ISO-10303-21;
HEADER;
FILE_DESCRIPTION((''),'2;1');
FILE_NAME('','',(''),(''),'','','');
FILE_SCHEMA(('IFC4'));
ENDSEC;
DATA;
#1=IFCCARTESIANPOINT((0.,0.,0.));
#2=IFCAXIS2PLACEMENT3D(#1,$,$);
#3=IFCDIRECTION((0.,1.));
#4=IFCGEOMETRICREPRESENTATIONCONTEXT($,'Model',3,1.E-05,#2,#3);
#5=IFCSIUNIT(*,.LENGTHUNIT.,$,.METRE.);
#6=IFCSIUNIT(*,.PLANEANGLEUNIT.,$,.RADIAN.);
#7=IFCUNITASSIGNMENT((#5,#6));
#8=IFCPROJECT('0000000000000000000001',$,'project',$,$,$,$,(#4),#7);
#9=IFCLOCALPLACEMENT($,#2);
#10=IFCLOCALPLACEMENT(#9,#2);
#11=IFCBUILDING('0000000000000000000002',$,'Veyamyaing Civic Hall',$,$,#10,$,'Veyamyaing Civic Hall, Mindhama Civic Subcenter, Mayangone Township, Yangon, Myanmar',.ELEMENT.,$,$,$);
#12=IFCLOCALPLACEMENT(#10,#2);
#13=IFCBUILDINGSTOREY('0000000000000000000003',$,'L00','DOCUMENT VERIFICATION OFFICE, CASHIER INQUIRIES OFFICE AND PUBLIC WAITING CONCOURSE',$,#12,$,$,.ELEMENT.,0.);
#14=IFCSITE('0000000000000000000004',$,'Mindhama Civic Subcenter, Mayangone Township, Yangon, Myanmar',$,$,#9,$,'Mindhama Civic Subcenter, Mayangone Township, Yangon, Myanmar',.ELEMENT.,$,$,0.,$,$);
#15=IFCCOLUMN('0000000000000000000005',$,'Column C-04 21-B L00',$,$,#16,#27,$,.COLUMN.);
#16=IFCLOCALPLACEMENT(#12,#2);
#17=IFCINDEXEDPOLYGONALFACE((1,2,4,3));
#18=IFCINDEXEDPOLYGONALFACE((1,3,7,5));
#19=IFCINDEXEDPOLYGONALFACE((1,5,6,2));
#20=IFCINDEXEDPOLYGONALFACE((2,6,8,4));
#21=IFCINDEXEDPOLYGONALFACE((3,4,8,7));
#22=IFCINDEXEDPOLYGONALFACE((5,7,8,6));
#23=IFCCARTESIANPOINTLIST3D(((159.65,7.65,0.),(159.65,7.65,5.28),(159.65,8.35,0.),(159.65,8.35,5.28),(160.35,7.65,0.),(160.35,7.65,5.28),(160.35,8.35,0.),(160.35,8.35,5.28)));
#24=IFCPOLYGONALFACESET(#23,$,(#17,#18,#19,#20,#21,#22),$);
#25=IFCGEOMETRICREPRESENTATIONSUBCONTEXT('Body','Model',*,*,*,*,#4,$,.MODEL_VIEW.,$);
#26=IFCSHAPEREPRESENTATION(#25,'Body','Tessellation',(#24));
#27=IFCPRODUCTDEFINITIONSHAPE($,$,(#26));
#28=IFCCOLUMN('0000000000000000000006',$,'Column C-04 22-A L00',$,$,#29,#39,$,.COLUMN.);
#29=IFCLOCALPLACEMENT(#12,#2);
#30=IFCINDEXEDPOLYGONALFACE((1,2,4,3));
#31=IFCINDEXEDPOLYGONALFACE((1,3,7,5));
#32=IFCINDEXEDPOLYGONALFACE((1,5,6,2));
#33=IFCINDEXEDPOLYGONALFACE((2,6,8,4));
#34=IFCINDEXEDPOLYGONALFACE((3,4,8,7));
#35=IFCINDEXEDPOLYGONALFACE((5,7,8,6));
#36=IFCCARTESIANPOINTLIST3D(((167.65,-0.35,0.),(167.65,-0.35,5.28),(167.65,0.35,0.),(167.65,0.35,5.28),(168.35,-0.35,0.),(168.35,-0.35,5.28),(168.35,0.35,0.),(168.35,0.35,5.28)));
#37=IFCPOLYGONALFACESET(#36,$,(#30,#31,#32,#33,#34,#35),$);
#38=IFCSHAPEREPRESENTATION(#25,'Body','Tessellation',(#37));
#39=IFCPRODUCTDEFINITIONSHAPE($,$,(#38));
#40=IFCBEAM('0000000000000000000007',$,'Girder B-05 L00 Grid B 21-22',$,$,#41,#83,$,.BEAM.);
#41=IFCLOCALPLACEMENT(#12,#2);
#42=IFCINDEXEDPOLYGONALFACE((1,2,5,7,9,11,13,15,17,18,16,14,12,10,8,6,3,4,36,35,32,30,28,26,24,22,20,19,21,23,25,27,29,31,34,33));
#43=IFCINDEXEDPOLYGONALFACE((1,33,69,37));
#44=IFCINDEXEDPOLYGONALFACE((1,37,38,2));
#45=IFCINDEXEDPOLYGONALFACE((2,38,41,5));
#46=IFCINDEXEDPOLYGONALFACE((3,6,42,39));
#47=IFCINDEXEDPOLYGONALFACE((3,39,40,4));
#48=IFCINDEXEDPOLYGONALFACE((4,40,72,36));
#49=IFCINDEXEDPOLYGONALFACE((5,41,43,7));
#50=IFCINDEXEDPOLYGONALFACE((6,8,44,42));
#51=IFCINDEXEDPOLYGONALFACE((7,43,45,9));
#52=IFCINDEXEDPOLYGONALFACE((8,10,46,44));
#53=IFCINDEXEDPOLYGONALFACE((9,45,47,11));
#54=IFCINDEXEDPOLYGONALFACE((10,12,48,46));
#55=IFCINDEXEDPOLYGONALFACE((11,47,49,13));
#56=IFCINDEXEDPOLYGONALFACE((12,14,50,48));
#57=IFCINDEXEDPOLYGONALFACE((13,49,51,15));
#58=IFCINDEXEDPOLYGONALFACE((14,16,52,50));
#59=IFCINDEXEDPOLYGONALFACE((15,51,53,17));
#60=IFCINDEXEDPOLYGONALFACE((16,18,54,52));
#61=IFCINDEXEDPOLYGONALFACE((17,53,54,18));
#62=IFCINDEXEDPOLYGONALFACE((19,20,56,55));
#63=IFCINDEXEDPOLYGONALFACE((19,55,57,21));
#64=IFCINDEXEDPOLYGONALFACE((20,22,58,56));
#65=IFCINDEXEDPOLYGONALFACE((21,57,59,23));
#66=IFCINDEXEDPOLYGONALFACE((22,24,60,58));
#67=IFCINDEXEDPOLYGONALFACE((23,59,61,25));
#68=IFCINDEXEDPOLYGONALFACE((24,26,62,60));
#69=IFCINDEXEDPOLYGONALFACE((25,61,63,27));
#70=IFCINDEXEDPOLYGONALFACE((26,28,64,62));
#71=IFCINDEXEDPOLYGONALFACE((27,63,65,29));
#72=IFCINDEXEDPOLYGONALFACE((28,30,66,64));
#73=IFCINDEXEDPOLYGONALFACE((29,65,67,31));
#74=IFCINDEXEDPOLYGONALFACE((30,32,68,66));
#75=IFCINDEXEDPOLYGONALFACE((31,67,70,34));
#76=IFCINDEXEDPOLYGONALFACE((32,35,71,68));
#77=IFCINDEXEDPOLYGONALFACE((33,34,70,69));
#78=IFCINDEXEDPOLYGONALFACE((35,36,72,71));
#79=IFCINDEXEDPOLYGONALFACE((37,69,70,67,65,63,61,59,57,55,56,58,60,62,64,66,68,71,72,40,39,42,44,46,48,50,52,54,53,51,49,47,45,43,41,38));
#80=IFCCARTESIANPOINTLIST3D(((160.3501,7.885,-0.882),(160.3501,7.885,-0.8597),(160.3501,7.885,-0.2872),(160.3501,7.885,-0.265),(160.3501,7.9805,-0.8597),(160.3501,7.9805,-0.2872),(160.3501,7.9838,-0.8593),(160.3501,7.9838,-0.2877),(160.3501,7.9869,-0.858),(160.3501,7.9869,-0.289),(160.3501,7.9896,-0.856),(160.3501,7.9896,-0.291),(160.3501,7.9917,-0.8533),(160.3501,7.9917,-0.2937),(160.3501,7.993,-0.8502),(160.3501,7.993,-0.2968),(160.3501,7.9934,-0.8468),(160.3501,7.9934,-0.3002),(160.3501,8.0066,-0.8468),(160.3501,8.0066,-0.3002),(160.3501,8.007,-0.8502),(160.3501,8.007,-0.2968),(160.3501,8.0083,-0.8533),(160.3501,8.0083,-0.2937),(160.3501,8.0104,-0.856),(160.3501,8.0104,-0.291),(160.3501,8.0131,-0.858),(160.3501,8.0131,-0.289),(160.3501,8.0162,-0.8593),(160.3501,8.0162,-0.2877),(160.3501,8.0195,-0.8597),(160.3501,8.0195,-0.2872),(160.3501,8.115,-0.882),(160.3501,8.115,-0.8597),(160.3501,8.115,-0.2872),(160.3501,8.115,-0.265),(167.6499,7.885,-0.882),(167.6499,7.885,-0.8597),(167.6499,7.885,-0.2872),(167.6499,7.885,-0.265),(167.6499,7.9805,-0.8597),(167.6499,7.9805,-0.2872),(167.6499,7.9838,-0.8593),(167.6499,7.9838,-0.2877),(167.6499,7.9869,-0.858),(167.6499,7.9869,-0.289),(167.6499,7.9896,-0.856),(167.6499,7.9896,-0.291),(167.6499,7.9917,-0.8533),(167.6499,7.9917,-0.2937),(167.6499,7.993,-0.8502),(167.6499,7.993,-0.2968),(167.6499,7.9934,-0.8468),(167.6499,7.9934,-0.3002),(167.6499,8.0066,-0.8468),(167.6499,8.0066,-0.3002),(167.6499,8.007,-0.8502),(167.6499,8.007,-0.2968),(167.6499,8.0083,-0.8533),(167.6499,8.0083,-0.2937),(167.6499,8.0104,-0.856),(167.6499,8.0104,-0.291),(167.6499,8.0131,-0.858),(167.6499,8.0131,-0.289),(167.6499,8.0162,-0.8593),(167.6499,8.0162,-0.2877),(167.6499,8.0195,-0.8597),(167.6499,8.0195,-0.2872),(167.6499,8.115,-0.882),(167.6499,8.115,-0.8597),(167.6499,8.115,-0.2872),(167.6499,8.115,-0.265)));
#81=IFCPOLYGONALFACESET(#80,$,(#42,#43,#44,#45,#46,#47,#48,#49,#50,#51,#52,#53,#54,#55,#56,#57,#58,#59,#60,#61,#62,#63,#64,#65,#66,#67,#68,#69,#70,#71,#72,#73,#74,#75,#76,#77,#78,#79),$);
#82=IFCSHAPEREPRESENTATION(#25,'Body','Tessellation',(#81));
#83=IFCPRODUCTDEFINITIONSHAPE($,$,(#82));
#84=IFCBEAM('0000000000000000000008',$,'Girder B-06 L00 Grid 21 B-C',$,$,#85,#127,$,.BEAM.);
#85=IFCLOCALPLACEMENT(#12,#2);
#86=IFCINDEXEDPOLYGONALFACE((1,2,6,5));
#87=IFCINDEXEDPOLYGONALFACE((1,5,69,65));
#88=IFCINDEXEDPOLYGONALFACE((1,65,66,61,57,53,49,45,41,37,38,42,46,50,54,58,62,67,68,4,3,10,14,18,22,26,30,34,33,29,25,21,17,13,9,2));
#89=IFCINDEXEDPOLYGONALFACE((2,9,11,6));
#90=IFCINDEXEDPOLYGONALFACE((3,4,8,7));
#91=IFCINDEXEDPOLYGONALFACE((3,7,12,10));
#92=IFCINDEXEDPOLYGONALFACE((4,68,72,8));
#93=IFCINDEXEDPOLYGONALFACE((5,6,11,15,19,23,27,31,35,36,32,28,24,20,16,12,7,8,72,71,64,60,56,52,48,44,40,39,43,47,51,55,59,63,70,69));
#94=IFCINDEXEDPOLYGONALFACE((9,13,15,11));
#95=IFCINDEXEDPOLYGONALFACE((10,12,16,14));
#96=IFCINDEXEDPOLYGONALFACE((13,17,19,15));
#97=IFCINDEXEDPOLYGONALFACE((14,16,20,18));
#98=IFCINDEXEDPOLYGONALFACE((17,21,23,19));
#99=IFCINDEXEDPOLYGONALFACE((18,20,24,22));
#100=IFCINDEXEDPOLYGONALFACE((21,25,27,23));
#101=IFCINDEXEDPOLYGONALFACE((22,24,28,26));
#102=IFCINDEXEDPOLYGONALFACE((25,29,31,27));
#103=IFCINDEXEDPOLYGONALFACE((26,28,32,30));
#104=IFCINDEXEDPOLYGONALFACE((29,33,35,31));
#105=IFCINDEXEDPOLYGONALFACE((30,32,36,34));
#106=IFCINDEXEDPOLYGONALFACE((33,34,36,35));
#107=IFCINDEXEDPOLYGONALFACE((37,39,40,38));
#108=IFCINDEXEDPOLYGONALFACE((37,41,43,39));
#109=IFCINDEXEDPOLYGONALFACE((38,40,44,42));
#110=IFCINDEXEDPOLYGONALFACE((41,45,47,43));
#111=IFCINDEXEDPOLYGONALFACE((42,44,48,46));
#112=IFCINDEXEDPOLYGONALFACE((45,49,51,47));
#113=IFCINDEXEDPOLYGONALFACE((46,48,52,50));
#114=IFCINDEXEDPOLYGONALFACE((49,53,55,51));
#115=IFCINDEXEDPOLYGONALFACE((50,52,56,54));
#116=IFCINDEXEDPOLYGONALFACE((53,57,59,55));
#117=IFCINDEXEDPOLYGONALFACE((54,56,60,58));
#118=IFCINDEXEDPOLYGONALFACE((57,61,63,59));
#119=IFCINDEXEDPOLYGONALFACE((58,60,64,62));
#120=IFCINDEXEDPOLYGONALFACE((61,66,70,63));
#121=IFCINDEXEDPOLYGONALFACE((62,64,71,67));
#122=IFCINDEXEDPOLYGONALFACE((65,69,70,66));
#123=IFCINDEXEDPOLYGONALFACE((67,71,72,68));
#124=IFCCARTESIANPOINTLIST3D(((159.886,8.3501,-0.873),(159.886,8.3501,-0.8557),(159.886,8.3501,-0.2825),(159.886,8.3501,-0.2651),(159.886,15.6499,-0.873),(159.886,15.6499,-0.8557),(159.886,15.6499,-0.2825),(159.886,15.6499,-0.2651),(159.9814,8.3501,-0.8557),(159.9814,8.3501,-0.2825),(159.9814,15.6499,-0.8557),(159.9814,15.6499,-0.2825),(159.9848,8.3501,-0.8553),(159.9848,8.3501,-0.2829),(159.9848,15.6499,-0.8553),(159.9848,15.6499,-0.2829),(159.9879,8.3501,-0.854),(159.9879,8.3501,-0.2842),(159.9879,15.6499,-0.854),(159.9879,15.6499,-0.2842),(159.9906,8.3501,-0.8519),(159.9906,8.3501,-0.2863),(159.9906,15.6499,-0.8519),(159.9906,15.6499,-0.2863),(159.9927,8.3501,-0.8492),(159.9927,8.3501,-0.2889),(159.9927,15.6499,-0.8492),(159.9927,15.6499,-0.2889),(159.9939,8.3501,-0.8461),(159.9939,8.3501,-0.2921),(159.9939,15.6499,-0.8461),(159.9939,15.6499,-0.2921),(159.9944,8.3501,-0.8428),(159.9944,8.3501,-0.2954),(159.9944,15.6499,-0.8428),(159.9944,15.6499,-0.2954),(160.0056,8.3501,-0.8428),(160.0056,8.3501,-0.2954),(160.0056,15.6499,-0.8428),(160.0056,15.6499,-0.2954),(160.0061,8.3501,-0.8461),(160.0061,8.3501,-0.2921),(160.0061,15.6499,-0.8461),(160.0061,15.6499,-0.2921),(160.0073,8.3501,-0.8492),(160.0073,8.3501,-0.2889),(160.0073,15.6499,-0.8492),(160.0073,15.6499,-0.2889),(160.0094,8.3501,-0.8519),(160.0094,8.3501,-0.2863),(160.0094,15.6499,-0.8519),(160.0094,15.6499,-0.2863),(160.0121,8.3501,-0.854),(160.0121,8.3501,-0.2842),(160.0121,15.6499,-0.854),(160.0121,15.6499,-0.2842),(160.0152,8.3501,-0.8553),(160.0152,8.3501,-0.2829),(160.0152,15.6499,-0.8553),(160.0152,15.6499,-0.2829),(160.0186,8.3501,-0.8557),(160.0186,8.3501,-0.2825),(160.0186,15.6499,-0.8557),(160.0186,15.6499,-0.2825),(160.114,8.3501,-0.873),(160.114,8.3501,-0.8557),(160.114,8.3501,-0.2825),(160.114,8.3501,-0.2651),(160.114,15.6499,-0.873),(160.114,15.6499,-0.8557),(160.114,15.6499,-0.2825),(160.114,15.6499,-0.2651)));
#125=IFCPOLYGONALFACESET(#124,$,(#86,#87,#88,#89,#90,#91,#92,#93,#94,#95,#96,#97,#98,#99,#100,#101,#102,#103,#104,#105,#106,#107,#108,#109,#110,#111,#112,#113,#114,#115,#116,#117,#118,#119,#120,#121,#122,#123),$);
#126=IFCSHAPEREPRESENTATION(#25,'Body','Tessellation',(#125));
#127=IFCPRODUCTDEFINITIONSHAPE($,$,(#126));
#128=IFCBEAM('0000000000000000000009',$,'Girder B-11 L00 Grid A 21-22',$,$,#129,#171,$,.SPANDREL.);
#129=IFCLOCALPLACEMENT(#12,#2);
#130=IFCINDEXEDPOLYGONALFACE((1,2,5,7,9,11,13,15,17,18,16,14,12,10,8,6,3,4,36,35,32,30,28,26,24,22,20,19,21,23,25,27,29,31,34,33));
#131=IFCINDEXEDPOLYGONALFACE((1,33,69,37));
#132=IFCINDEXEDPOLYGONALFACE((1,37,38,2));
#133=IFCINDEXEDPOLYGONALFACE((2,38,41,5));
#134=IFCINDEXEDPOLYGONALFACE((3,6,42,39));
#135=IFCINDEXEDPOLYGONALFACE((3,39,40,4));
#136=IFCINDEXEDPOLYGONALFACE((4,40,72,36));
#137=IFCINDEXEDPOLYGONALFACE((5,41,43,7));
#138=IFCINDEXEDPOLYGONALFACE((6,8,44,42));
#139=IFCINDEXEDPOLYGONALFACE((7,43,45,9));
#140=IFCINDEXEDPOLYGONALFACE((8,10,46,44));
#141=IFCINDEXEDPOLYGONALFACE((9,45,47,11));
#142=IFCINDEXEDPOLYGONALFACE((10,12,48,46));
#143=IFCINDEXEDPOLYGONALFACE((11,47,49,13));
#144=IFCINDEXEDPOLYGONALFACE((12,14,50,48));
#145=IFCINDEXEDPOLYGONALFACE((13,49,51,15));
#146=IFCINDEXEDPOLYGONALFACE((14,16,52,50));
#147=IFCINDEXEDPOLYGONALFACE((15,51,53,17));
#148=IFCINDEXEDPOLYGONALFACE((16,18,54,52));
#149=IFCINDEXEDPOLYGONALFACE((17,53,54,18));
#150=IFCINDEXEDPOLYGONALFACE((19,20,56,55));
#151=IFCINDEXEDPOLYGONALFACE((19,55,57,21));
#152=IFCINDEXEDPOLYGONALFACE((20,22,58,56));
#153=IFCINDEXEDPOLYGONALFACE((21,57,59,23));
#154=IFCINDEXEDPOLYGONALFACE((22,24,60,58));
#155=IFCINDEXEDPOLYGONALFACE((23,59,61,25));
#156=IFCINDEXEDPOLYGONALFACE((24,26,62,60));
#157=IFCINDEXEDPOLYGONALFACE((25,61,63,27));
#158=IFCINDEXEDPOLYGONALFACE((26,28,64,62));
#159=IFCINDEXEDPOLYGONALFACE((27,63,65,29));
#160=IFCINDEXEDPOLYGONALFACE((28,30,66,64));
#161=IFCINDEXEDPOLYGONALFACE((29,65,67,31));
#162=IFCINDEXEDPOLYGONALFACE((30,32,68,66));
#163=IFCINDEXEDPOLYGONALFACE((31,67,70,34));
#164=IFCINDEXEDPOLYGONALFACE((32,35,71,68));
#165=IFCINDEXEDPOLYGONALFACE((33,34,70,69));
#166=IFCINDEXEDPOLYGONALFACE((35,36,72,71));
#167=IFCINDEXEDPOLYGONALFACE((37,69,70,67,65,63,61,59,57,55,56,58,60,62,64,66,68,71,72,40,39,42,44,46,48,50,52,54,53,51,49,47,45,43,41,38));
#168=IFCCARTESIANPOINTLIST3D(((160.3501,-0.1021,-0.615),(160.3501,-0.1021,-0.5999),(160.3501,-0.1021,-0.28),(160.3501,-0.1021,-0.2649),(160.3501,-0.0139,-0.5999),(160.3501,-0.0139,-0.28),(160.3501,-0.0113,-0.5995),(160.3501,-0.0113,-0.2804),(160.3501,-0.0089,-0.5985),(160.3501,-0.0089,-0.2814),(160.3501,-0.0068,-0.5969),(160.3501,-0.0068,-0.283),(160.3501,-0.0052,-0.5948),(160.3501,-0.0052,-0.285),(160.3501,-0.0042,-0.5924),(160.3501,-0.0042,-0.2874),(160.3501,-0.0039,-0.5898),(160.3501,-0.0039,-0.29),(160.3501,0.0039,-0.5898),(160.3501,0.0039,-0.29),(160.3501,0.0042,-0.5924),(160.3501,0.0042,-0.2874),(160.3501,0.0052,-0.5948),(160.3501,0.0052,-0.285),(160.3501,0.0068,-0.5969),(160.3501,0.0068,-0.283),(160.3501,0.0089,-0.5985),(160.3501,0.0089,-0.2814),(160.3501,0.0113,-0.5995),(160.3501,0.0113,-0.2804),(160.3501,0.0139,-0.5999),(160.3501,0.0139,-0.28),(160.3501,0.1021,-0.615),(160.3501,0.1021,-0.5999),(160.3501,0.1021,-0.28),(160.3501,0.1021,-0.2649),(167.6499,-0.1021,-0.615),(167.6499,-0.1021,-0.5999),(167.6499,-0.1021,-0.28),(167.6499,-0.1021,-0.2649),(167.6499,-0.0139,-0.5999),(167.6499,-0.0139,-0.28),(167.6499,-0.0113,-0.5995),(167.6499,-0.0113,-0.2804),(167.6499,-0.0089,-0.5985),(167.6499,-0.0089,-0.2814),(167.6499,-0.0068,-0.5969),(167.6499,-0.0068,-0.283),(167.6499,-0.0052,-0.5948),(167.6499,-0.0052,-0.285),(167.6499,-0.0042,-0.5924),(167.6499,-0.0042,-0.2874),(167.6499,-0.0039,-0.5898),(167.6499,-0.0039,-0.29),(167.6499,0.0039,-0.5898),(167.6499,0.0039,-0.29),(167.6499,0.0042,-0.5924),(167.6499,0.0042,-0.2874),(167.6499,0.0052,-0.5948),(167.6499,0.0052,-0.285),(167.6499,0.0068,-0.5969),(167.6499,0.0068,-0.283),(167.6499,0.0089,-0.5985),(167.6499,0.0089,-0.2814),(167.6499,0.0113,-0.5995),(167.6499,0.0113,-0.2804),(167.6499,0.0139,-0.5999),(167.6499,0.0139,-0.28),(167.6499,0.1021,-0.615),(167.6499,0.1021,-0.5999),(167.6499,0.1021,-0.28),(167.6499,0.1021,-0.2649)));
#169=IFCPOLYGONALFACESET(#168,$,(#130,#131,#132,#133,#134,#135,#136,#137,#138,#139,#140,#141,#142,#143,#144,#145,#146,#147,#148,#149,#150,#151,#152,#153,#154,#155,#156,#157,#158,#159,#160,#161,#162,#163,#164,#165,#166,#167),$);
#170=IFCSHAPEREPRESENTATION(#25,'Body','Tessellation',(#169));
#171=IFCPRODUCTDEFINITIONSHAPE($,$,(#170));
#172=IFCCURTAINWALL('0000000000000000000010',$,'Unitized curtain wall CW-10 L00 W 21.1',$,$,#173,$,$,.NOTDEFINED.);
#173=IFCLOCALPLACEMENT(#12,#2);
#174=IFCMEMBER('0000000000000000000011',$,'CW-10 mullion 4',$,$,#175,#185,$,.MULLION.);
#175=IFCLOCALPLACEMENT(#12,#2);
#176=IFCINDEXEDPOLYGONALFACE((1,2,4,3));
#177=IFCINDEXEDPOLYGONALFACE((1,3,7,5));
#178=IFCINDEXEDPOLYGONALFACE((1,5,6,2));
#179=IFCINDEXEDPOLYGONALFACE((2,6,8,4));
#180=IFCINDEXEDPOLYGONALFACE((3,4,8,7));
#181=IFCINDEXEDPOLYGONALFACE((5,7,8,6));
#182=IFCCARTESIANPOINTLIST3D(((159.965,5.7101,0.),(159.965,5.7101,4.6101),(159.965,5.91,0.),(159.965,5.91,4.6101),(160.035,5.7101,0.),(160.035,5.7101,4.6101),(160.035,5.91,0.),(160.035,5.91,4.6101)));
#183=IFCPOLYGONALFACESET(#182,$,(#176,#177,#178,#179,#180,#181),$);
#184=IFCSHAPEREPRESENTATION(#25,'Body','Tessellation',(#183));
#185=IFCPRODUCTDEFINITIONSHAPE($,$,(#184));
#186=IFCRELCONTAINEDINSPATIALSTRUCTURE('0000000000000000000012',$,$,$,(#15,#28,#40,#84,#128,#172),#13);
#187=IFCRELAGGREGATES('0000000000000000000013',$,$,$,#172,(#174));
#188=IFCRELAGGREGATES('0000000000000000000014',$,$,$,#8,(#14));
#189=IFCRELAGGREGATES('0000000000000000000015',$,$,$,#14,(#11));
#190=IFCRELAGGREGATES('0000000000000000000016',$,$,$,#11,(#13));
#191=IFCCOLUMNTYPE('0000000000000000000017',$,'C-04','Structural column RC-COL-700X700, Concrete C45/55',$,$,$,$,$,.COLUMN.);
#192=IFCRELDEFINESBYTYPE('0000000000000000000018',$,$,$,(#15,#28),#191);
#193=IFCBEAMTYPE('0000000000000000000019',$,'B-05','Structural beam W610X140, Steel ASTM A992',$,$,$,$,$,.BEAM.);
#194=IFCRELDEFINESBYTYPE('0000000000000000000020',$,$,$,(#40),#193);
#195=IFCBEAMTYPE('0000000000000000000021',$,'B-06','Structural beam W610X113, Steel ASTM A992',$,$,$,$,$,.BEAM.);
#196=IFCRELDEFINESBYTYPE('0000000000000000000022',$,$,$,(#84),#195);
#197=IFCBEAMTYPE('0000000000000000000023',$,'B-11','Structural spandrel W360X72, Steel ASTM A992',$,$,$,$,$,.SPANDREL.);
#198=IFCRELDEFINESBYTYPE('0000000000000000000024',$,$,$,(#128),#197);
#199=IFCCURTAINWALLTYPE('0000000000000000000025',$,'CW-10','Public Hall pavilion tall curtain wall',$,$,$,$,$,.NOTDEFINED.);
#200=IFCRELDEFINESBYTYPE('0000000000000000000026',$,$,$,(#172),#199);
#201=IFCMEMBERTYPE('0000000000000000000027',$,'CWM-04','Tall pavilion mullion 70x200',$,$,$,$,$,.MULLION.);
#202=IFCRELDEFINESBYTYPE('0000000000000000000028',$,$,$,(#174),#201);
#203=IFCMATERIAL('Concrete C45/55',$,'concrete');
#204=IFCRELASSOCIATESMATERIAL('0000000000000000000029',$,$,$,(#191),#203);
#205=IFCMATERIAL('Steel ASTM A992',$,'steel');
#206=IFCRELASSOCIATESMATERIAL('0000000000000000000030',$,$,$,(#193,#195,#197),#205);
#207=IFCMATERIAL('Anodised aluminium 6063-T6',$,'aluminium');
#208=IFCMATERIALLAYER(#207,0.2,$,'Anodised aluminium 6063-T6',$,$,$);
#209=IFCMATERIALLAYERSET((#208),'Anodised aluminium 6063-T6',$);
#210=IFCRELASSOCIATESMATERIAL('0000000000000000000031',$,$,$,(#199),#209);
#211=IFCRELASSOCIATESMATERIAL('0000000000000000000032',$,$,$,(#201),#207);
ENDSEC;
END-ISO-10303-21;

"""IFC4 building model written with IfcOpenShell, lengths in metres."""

from ifc_helpers import new_model, si_unit, direction, frame, origin, origin_2d, place, context, subcontext, project, spatial, rectangle, i_section, extrude, material, layer, layer_set, material_profile, profile_set, type_object, element, aggregate, save


model = new_model("IFC4")

# Units and contexts
model_context = context("Model", 3, precision=1e-05, world=origin(), true_north=direction((0.0, 1.0)))
body_context = subcontext(model_context, "Body", "Model", "MODEL_VIEW")
ifc_project = project(units=[si_unit("LENGTHUNIT", "METRE"), si_unit("PLANEANGLEUNIT", "RADIAN")], contexts=[model_context])

# Site, building, storey
site_placement = place(None, origin())
site = spatial("IfcSite", under=ifc_project, at=site_placement, Name="Mindhama Civic Subcenter, Mayangone Township, Yangon, Myanmar", LongName="Mindhama Civic Subcenter, Mayangone Township, Yangon, Myanmar", CompositionType="ELEMENT", RefElevation=0.0)
building_placement = place(site_placement, origin())
building = spatial("IfcBuilding", under=site, at=building_placement, Name="Veyamyaing Civic Hall", LongName="Veyamyaing Civic Hall, Mindhama Civic Subcenter, Mayangone Township, Yangon, Myanmar", CompositionType="ELEMENT")
storey_placement = place(building_placement, origin())
storey = spatial("IfcBuildingStorey", under=building, at=storey_placement, Name="L00", Description="DOCUMENT VERIFICATION OFFICE, CASHIER INQUIRIES OFFICE AND PUBLIC WAITING CONCOURSE", CompositionType="ELEMENT", Elevation=0.0)

# Columns
ifc_material_1 = material(Name="Concrete C45/55", Category="concrete")
ifc_material_profile_1 = material_profile(ifc_material_1, rectangle(XDim=0.7, YDim=0.7, at=origin_2d()), Name="RC-COL-700X700")
ifc_profile_set_1 = profile_set([ifc_material_profile_1], Name="Concrete C45/55")
column_type = type_object("IfcColumnType", Name="C-04", Description="Structural column RC-COL-700X700, Concrete C45/55", PredefinedType="COLUMN", material=ifc_profile_set_1)
for number, where, z_axis, x_axis, name in (
    (1, (160.0, 8.0, 0.0), (0.0, 0.0, 1.0), (1.0, 0.0, 0.0), "Column C-04 21-B L00"),
    (2, (168.0, 0.0, 0.0), (0.0, 0.0, 1.0), (1.0, 0.0, 0.0), "Column C-04 22-A L00"),
):
    element("IfcColumn", number, at=place(storey_placement, frame(where, z_axis=z_axis, x_axis=x_axis)), inside=storey, type_object=column_type, Name=name, PredefinedType="COLUMN", context=body_context, shape_type="SweptSolid", body=[
        extrude(rectangle(XDim=0.7, YDim=0.7, at=origin_2d()), origin(), (0.0, 0.0, 1.0), 5.28),
    ])

# Beams
ifc_material_2 = material(Name="Steel ASTM A992", Category="steel")
ifc_material_profile_2 = material_profile(ifc_material_2, i_section(OverallWidth=0.23, OverallDepth=0.6169, WebThickness=0.0132, FlangeThickness=0.0222, FilletRadius=0.0129, at=origin_2d()), Name="W610X140")
ifc_profile_set_2 = profile_set([ifc_material_profile_2], Name="Steel ASTM A992")
beam_type_1 = type_object("IfcBeamType", Name="B-05", Description="Structural beam W610X140, Steel ASTM A992", PredefinedType="BEAM", material=ifc_profile_set_2)
beam_1_placement = place(storey_placement, frame((160.3501, 8.0, -0.5735), z_axis=(1.0, 0.0, 0.0), x_axis=(0.0, 1.0, 0.0)))
element("IfcBeam", 3, at=beam_1_placement, inside=storey, type_object=beam_type_1, Name="Girder B-05 L00 Grid B 21-22", PredefinedType="BEAM", context=body_context, shape_type="SweptSolid", body=[
    extrude(i_section(OverallWidth=0.23, OverallDepth=0.6169, WebThickness=0.0132, FlangeThickness=0.0222, FilletRadius=0.0129, at=origin_2d()), origin(), (0.0, 0.0, 1.0), 7.2998),
])
ifc_material_profile_3 = material_profile(ifc_material_2, i_section(OverallWidth=0.228, OverallDepth=0.6079, WebThickness=0.0112, FlangeThickness=0.0173, FilletRadius=0.0129, at=origin_2d()), Name="W610X113")
ifc_profile_set_3 = profile_set([ifc_material_profile_3], Name="Steel ASTM A992")
beam_type_2 = type_object("IfcBeamType", Name="B-06", Description="Structural beam W610X113, Steel ASTM A992", PredefinedType="BEAM", material=ifc_profile_set_3)
beam_2_placement = place(storey_placement, frame((160.0, 8.3501, -0.5691), z_axis=(0.0, 1.0, 0.0), x_axis=(-1.0, 0.0, 0.0)))
element("IfcBeam", 4, at=beam_2_placement, inside=storey, type_object=beam_type_2, Name="Girder B-06 L00 Grid 21 B-C", PredefinedType="BEAM", context=body_context, shape_type="SweptSolid", body=[
    extrude(i_section(OverallWidth=0.228, OverallDepth=0.6079, WebThickness=0.0112, FlangeThickness=0.0173, FilletRadius=0.0129, at=origin_2d()), origin(), (0.0, 0.0, 1.0), 7.2998),
])
ifc_material_profile_4 = material_profile(ifc_material_2, i_section(OverallWidth=0.2041, OverallDepth=0.3501, WebThickness=0.0078, FlangeThickness=0.0151, FilletRadius=0.01, at=origin_2d()), Name="W360X72")
ifc_profile_set_4 = profile_set([ifc_material_profile_4], Name="Steel ASTM A992")
beam_type_3 = type_object("IfcBeamType", Name="B-11", Description="Structural spandrel W360X72, Steel ASTM A992", PredefinedType="SPANDREL", material=ifc_profile_set_4)
beam_3_placement = place(storey_placement, frame((160.3501, 0.0, -0.4399), z_axis=(1.0, 0.0, 0.0), x_axis=(0.0, 1.0, 0.0)))
element("IfcBeam", 5, at=beam_3_placement, inside=storey, type_object=beam_type_3, Name="Girder B-11 L00 Grid A 21-22", PredefinedType="SPANDREL", context=body_context, shape_type="SweptSolid", body=[
    extrude(i_section(OverallWidth=0.2041, OverallDepth=0.3501, WebThickness=0.0078, FlangeThickness=0.0151, FilletRadius=0.01, at=origin_2d()), origin(), (0.0, 0.0, 1.0), 7.2998),
])

# Curtain wall, member
ifc_material_3 = material(Name="Anodised aluminium 6063-T6", Category="aluminium")
ifc_layer_1 = layer(ifc_material_3, 0.2, Name="Anodised aluminium 6063-T6")
ifc_layer_set_1 = layer_set([ifc_layer_1], Name="Anodised aluminium 6063-T6")
curtain_wall_type = type_object("IfcCurtainWallType", Name="CW-10", Description="Public Hall pavilion tall curtain wall", PredefinedType="NOTDEFINED", material=ifc_layer_set_1)
curtain_wall_placement = place(storey_placement, origin())
curtain_wall = element("IfcCurtainWall", 6, at=curtain_wall_placement, inside=storey, type_object=curtain_wall_type, Name="Unitized curtain wall CW-10 L00 W 21.1", PredefinedType="NOTDEFINED")
ifc_material_profile_5 = material_profile(ifc_material_3, rectangle(XDim=0.0701, YDim=0.2, at=origin_2d()), Name="ALU-MUL-70X200")
ifc_profile_set_5 = profile_set([ifc_material_profile_5], Name="Anodised aluminium 6063-T6")
member_type_1 = type_object("IfcMemberType", Name="CWM-04", Description="Tall pavilion mullion 70x200", PredefinedType="MULLION", material=ifc_profile_set_5)
member_1_placement = place(storey_placement, frame((160.0, 5.8101, 0.0), z_axis=(0.0, 0.0, 1.0), x_axis=(-1.0, 0.0, 0.0)))
member_1 = element("IfcMember", 7, at=member_1_placement, type_object=member_type_1, Name="CW-10 mullion 4", PredefinedType="MULLION", context=body_context, shape_type="SweptSolid", body=[
    extrude(rectangle(XDim=0.0701, YDim=0.2, at=origin_2d()), origin(), (0.0, 0.0, 1.0), 4.6101),
])

aggregate(curtain_wall, [member_1])

save(model, "model.ifc")
